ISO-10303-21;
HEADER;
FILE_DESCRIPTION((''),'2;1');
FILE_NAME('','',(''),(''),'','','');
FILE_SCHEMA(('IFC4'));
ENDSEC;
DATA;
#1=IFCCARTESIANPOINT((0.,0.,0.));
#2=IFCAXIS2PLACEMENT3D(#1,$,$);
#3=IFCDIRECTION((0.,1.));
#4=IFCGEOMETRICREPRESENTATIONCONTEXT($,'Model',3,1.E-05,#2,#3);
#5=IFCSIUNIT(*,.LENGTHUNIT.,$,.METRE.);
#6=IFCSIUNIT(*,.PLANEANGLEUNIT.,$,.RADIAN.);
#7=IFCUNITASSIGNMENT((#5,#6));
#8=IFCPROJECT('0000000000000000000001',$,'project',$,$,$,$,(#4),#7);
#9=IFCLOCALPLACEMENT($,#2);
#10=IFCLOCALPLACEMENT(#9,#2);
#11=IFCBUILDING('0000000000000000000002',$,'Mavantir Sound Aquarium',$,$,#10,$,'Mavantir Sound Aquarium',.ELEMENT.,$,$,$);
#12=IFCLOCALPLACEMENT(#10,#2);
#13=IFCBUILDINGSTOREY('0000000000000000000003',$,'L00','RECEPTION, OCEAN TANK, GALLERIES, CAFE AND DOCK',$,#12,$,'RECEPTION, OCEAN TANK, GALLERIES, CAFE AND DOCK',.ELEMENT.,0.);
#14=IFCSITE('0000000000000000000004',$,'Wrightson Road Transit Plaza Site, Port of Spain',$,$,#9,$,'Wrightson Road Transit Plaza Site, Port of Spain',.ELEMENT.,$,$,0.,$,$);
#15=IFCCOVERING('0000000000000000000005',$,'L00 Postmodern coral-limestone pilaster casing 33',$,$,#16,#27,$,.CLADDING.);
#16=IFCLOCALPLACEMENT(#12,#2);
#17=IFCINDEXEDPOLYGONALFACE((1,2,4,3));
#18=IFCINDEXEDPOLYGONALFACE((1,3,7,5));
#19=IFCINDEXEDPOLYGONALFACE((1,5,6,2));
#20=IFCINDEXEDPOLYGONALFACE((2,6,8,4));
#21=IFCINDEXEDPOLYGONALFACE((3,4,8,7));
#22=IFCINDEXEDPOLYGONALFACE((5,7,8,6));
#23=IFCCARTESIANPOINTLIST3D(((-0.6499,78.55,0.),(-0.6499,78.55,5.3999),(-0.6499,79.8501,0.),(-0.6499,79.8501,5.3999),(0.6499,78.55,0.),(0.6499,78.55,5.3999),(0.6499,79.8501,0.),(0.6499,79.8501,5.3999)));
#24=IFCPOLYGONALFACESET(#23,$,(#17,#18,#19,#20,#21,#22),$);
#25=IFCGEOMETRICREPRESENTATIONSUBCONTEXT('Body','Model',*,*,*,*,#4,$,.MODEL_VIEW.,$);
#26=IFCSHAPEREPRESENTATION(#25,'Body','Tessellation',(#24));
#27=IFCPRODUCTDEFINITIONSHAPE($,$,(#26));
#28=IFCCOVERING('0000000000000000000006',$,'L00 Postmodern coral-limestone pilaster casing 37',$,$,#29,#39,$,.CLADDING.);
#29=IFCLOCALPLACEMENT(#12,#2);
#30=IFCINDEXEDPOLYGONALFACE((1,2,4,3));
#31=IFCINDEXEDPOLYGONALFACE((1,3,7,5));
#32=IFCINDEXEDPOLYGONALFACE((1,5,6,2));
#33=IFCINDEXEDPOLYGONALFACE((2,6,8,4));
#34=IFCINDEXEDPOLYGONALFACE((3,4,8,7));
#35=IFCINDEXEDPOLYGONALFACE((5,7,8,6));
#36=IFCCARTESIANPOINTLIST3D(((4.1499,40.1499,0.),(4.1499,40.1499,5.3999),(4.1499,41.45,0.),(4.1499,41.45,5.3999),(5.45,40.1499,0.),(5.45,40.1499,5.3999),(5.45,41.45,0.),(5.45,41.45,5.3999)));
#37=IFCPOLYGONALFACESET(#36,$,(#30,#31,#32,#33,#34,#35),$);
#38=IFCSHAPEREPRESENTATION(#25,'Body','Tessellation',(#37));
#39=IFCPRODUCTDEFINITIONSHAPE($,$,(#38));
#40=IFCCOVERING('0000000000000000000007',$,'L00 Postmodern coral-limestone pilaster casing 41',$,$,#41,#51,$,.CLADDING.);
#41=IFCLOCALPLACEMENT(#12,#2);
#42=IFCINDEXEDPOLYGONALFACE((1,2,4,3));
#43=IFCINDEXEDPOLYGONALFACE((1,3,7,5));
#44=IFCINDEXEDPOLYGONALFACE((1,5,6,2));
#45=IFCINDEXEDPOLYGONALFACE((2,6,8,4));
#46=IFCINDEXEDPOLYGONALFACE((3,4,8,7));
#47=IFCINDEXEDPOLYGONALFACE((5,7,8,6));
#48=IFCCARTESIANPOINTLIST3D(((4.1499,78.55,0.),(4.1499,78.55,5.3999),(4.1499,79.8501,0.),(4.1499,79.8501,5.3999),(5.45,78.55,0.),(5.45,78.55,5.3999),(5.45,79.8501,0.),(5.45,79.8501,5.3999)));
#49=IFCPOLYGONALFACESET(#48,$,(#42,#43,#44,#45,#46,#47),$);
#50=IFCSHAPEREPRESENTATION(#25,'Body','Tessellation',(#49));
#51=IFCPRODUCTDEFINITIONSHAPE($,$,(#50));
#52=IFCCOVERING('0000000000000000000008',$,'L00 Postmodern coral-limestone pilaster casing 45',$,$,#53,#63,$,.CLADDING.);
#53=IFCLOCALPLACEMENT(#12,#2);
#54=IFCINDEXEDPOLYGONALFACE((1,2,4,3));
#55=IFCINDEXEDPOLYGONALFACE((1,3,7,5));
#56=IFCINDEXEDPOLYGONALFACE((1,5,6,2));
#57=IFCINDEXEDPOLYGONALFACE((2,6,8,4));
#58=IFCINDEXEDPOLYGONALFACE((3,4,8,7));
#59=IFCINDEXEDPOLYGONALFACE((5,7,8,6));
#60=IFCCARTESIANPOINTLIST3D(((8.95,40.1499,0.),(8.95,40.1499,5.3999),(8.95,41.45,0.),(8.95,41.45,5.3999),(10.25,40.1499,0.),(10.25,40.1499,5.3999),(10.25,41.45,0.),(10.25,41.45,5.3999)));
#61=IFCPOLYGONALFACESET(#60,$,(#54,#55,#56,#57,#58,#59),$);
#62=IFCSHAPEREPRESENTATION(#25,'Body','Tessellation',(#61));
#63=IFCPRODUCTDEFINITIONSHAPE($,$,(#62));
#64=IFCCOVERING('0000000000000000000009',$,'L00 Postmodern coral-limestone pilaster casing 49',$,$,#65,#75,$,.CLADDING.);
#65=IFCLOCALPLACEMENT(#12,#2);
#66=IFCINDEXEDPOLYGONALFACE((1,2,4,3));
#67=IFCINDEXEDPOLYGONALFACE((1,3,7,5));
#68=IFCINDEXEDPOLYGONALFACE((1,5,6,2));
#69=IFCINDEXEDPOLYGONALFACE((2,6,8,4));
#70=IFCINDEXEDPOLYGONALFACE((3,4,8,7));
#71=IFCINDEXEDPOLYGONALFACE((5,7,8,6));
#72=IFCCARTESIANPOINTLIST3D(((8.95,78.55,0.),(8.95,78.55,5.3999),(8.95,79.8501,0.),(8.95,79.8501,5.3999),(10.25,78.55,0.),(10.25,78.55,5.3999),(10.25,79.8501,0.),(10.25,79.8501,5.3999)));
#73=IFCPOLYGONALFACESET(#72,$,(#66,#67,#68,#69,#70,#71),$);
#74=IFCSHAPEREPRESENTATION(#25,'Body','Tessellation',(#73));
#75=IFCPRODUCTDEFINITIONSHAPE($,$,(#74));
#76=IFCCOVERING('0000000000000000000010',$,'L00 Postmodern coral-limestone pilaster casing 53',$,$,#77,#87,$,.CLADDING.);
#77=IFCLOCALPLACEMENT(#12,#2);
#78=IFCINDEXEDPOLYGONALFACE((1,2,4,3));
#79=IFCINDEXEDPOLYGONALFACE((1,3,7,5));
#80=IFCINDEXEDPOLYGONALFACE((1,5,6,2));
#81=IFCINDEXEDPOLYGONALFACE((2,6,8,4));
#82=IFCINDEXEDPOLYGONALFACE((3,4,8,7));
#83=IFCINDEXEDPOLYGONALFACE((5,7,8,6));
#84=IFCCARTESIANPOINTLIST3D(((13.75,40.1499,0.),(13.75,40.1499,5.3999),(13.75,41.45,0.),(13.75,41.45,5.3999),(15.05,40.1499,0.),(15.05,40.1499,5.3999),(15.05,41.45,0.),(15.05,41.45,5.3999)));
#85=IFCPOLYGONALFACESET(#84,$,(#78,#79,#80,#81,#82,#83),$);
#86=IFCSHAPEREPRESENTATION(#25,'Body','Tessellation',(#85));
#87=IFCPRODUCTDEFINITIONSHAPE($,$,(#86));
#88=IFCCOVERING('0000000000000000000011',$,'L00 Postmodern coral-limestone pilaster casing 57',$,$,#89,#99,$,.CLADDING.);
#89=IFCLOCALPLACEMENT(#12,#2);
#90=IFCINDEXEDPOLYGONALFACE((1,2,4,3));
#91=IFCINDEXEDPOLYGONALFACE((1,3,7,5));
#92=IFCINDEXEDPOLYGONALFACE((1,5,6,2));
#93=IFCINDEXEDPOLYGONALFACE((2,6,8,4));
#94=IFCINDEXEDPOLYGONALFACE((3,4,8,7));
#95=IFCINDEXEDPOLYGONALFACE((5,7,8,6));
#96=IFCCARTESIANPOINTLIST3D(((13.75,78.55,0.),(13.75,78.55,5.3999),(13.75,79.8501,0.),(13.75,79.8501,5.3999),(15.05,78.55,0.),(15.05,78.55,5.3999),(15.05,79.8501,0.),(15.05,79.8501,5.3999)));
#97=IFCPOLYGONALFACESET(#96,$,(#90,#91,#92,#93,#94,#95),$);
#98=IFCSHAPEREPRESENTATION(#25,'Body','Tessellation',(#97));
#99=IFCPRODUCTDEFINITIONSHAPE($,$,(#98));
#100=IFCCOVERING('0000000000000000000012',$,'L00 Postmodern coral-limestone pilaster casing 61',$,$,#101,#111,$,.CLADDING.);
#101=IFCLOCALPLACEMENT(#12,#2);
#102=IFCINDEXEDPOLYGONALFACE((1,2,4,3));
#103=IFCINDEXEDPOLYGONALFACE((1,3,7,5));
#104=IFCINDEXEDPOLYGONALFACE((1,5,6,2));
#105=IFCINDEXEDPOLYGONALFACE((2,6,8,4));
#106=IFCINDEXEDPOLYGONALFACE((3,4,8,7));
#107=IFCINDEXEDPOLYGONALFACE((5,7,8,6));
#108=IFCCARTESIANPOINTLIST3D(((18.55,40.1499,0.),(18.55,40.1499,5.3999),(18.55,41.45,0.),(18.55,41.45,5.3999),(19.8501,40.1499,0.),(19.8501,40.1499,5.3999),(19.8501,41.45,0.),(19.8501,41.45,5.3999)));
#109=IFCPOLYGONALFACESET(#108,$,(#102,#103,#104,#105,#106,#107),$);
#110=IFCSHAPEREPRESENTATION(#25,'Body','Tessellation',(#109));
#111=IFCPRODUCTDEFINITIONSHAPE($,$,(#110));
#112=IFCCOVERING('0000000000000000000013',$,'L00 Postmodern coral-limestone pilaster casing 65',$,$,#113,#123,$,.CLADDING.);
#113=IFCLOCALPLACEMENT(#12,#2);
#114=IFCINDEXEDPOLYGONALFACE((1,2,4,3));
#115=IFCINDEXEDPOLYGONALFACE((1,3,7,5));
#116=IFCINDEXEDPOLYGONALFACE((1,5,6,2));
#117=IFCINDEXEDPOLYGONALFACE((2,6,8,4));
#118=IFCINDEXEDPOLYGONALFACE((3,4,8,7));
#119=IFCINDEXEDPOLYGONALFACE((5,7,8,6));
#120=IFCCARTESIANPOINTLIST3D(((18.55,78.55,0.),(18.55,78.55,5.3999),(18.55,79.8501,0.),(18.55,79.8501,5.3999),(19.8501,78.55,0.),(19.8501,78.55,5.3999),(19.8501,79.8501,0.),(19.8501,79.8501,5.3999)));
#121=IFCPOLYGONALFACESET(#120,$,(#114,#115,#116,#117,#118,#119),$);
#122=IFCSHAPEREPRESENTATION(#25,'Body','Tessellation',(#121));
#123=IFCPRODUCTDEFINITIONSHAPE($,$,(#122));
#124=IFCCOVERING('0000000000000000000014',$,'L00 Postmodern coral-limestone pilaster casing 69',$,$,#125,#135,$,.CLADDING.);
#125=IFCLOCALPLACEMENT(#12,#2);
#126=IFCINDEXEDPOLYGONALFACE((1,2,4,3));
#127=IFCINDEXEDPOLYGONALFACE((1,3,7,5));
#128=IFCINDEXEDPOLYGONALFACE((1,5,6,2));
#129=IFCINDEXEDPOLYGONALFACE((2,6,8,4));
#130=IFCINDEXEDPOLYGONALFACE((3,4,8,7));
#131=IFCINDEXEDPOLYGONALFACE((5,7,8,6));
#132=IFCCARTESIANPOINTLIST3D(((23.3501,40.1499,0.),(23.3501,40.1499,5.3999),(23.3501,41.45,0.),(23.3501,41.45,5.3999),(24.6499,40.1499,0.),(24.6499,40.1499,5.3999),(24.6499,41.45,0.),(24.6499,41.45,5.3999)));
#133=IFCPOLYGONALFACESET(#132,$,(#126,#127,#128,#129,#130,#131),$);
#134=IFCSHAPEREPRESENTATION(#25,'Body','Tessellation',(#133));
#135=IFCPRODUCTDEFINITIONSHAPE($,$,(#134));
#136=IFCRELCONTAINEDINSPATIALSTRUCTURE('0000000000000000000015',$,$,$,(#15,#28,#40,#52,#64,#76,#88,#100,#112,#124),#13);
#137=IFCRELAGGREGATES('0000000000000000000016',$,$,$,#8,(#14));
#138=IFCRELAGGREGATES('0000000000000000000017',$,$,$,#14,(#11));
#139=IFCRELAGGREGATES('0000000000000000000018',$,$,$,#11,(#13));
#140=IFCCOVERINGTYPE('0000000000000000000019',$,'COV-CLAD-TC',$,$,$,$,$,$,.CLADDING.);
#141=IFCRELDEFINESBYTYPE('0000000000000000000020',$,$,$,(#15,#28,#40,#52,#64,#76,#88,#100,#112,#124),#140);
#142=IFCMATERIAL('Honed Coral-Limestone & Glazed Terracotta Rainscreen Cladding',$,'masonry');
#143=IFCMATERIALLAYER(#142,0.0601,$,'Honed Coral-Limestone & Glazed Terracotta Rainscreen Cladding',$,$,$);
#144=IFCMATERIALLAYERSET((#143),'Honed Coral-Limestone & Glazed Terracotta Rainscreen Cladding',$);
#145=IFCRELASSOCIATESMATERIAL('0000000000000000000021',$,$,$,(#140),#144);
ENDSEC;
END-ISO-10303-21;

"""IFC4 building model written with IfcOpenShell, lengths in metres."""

from ifc_helpers import new_model, si_unit, direction, origin, place, context, subcontext, project, spatial, polyline, outline, extrude, material, layer, layer_set, type_object, element, save


model = new_model("IFC4")

# Units and contexts
model_context = context("Model", 3, precision=1e-05, world=origin(), true_north=direction((0.0, 1.0)))
body_context = subcontext(model_context, "Body", "Model", "MODEL_VIEW")
ifc_project = project(units=[si_unit("LENGTHUNIT", "METRE"), si_unit("PLANEANGLEUNIT", "RADIAN")], contexts=[model_context])

# Site, building, storey
site_placement = place(None, origin())
site = spatial("IfcSite", under=ifc_project, at=site_placement, Name="Wrightson Road Transit Plaza Site, Port of Spain", LongName="Wrightson Road Transit Plaza Site, Port of Spain", CompositionType="ELEMENT", RefElevation=0.0)
building_placement = place(site_placement, origin())
building = spatial("IfcBuilding", under=site, at=building_placement, Name="Mavantir Sound Aquarium", LongName="Mavantir Sound Aquarium", CompositionType="ELEMENT")
storey_placement = place(building_placement, origin())
storey = spatial("IfcBuildingStorey", under=building, at=storey_placement, Name="L00", Description="RECEPTION, OCEAN TANK, GALLERIES, CAFE AND DOCK", LongName="RECEPTION, OCEAN TANK, GALLERIES, CAFE AND DOCK", CompositionType="ELEMENT", Elevation=0.0)

# Coverings
ifc_material_1 = material(Name="Honed Coral-Limestone & Glazed Terracotta Rainscreen Cladding", Category="masonry")
ifc_layer_1 = layer(ifc_material_1, 0.0601, Name="Honed Coral-Limestone & Glazed Terracotta Rainscreen Cladding")
ifc_layer_set_1 = layer_set([ifc_layer_1], Name="Honed Coral-Limestone & Glazed Terracotta Rainscreen Cladding")
covering_type = type_object("IfcCoveringType", Name="COV-CLAD-TC", PredefinedType="CLADDING", material=ifc_layer_set_1)
covering_1_placement = place(storey_placement, origin())
element("IfcCovering", 1, at=covering_1_placement, inside=storey, type_object=covering_type, Name="L00 Postmodern coral-limestone pilaster casing 33", PredefinedType="CLADDING", context=body_context, shape_type="SweptSolid", body=[
    extrude(outline(polyline([(-0.6499, 78.55), (0.6499, 78.55), (0.6499, 79.8501), (-0.6499, 79.8501), (-0.6499, 78.55)])), origin(), (0.0, 0.0, 1.0), 5.3999),
])
covering_2_placement = place(storey_placement, origin())
element("IfcCovering", 2, at=covering_2_placement, inside=storey, type_object=covering_type, Name="L00 Postmodern coral-limestone pilaster casing 37", PredefinedType="CLADDING", context=body_context, shape_type="SweptSolid", body=[
    extrude(outline(polyline([(4.1499, 40.1499), (5.45, 40.1499), (5.45, 41.45), (4.1499, 41.45), (4.1499, 40.1499)])), origin(), (0.0, 0.0, 1.0), 5.3999),
])
covering_3_placement = place(storey_placement, origin())
element("IfcCovering", 3, at=covering_3_placement, inside=storey, type_object=covering_type, Name="L00 Postmodern coral-limestone pilaster casing 41", PredefinedType="CLADDING", context=body_context, shape_type="SweptSolid", body=[
    extrude(outline(polyline([(4.1499, 78.55), (5.45, 78.55), (5.45, 79.8501), (4.1499, 79.8501), (4.1499, 78.55)])), origin(), (0.0, 0.0, 1.0), 5.3999),
])
covering_4_placement = place(storey_placement, origin())
element("IfcCovering", 4, at=covering_4_placement, inside=storey, type_object=covering_type, Name="L00 Postmodern coral-limestone pilaster casing 45", PredefinedType="CLADDING", context=body_context, shape_type="SweptSolid", body=[
    extrude(outline(polyline([(8.95, 40.1499), (10.25, 40.1499), (10.25, 41.45), (8.95, 41.45), (8.95, 40.1499)])), origin(), (0.0, 0.0, 1.0), 5.3999),
])
covering_5_placement = place(storey_placement, origin())
element("IfcCovering", 5, at=covering_5_placement, inside=storey, type_object=covering_type, Name="L00 Postmodern coral-limestone pilaster casing 49", PredefinedType="CLADDING", context=body_context, shape_type="SweptSolid", body=[
    extrude(outline(polyline([(8.95, 78.55), (10.25, 78.55), (10.25, 79.8501), (8.95, 79.8501), (8.95, 78.55)])), origin(), (0.0, 0.0, 1.0), 5.3999),
])
covering_6_placement = place(storey_placement, origin())
element("IfcCovering", 6, at=covering_6_placement, inside=storey, type_object=covering_type, Name="L00 Postmodern coral-limestone pilaster casing 53", PredefinedType="CLADDING", context=body_context, shape_type="SweptSolid", body=[
    extrude(outline(polyline([(13.75, 40.1499), (15.05, 40.1499), (15.05, 41.45), (13.75, 41.45), (13.75, 40.1499)])), origin(), (0.0, 0.0, 1.0), 5.3999),
])
covering_7_placement = place(storey_placement, origin())
element("IfcCovering", 7, at=covering_7_placement, inside=storey, type_object=covering_type, Name="L00 Postmodern coral-limestone pilaster casing 57", PredefinedType="CLADDING", context=body_context, shape_type="SweptSolid", body=[
    extrude(outline(polyline([(13.75, 78.55), (15.05, 78.55), (15.05, 79.8501), (13.75, 79.8501), (13.75, 78.55)])), origin(), (0.0, 0.0, 1.0), 5.3999),
])
covering_8_placement = place(storey_placement, origin())
element("IfcCovering", 8, at=covering_8_placement, inside=storey, type_object=covering_type, Name="L00 Postmodern coral-limestone pilaster casing 61", PredefinedType="CLADDING", context=body_context, shape_type="SweptSolid", body=[
    extrude(outline(polyline([(18.55, 40.1499), (19.8501, 40.1499), (19.8501, 41.45), (18.55, 41.45), (18.55, 40.1499)])), origin(), (0.0, 0.0, 1.0), 5.3999),
])
covering_9_placement = place(storey_placement, origin())
element("IfcCovering", 9, at=covering_9_placement, inside=storey, type_object=covering_type, Name="L00 Postmodern coral-limestone pilaster casing 65", PredefinedType="CLADDING", context=body_context, shape_type="SweptSolid", body=[
    extrude(outline(polyline([(18.55, 78.55), (19.8501, 78.55), (19.8501, 79.8501), (18.55, 79.8501), (18.55, 78.55)])), origin(), (0.0, 0.0, 1.0), 5.3999),
])
covering_10_placement = place(storey_placement, origin())
element("IfcCovering", 10, at=covering_10_placement, inside=storey, type_object=covering_type, Name="L00 Postmodern coral-limestone pilaster casing 69", PredefinedType="CLADDING", context=body_context, shape_type="SweptSolid", body=[
    extrude(outline(polyline([(23.3501, 40.1499), (24.6499, 40.1499), (24.6499, 41.45), (23.3501, 41.45), (23.3501, 40.1499)])), origin(), (0.0, 0.0, 1.0), 5.3999),
])

save(model, "model.ifc")
